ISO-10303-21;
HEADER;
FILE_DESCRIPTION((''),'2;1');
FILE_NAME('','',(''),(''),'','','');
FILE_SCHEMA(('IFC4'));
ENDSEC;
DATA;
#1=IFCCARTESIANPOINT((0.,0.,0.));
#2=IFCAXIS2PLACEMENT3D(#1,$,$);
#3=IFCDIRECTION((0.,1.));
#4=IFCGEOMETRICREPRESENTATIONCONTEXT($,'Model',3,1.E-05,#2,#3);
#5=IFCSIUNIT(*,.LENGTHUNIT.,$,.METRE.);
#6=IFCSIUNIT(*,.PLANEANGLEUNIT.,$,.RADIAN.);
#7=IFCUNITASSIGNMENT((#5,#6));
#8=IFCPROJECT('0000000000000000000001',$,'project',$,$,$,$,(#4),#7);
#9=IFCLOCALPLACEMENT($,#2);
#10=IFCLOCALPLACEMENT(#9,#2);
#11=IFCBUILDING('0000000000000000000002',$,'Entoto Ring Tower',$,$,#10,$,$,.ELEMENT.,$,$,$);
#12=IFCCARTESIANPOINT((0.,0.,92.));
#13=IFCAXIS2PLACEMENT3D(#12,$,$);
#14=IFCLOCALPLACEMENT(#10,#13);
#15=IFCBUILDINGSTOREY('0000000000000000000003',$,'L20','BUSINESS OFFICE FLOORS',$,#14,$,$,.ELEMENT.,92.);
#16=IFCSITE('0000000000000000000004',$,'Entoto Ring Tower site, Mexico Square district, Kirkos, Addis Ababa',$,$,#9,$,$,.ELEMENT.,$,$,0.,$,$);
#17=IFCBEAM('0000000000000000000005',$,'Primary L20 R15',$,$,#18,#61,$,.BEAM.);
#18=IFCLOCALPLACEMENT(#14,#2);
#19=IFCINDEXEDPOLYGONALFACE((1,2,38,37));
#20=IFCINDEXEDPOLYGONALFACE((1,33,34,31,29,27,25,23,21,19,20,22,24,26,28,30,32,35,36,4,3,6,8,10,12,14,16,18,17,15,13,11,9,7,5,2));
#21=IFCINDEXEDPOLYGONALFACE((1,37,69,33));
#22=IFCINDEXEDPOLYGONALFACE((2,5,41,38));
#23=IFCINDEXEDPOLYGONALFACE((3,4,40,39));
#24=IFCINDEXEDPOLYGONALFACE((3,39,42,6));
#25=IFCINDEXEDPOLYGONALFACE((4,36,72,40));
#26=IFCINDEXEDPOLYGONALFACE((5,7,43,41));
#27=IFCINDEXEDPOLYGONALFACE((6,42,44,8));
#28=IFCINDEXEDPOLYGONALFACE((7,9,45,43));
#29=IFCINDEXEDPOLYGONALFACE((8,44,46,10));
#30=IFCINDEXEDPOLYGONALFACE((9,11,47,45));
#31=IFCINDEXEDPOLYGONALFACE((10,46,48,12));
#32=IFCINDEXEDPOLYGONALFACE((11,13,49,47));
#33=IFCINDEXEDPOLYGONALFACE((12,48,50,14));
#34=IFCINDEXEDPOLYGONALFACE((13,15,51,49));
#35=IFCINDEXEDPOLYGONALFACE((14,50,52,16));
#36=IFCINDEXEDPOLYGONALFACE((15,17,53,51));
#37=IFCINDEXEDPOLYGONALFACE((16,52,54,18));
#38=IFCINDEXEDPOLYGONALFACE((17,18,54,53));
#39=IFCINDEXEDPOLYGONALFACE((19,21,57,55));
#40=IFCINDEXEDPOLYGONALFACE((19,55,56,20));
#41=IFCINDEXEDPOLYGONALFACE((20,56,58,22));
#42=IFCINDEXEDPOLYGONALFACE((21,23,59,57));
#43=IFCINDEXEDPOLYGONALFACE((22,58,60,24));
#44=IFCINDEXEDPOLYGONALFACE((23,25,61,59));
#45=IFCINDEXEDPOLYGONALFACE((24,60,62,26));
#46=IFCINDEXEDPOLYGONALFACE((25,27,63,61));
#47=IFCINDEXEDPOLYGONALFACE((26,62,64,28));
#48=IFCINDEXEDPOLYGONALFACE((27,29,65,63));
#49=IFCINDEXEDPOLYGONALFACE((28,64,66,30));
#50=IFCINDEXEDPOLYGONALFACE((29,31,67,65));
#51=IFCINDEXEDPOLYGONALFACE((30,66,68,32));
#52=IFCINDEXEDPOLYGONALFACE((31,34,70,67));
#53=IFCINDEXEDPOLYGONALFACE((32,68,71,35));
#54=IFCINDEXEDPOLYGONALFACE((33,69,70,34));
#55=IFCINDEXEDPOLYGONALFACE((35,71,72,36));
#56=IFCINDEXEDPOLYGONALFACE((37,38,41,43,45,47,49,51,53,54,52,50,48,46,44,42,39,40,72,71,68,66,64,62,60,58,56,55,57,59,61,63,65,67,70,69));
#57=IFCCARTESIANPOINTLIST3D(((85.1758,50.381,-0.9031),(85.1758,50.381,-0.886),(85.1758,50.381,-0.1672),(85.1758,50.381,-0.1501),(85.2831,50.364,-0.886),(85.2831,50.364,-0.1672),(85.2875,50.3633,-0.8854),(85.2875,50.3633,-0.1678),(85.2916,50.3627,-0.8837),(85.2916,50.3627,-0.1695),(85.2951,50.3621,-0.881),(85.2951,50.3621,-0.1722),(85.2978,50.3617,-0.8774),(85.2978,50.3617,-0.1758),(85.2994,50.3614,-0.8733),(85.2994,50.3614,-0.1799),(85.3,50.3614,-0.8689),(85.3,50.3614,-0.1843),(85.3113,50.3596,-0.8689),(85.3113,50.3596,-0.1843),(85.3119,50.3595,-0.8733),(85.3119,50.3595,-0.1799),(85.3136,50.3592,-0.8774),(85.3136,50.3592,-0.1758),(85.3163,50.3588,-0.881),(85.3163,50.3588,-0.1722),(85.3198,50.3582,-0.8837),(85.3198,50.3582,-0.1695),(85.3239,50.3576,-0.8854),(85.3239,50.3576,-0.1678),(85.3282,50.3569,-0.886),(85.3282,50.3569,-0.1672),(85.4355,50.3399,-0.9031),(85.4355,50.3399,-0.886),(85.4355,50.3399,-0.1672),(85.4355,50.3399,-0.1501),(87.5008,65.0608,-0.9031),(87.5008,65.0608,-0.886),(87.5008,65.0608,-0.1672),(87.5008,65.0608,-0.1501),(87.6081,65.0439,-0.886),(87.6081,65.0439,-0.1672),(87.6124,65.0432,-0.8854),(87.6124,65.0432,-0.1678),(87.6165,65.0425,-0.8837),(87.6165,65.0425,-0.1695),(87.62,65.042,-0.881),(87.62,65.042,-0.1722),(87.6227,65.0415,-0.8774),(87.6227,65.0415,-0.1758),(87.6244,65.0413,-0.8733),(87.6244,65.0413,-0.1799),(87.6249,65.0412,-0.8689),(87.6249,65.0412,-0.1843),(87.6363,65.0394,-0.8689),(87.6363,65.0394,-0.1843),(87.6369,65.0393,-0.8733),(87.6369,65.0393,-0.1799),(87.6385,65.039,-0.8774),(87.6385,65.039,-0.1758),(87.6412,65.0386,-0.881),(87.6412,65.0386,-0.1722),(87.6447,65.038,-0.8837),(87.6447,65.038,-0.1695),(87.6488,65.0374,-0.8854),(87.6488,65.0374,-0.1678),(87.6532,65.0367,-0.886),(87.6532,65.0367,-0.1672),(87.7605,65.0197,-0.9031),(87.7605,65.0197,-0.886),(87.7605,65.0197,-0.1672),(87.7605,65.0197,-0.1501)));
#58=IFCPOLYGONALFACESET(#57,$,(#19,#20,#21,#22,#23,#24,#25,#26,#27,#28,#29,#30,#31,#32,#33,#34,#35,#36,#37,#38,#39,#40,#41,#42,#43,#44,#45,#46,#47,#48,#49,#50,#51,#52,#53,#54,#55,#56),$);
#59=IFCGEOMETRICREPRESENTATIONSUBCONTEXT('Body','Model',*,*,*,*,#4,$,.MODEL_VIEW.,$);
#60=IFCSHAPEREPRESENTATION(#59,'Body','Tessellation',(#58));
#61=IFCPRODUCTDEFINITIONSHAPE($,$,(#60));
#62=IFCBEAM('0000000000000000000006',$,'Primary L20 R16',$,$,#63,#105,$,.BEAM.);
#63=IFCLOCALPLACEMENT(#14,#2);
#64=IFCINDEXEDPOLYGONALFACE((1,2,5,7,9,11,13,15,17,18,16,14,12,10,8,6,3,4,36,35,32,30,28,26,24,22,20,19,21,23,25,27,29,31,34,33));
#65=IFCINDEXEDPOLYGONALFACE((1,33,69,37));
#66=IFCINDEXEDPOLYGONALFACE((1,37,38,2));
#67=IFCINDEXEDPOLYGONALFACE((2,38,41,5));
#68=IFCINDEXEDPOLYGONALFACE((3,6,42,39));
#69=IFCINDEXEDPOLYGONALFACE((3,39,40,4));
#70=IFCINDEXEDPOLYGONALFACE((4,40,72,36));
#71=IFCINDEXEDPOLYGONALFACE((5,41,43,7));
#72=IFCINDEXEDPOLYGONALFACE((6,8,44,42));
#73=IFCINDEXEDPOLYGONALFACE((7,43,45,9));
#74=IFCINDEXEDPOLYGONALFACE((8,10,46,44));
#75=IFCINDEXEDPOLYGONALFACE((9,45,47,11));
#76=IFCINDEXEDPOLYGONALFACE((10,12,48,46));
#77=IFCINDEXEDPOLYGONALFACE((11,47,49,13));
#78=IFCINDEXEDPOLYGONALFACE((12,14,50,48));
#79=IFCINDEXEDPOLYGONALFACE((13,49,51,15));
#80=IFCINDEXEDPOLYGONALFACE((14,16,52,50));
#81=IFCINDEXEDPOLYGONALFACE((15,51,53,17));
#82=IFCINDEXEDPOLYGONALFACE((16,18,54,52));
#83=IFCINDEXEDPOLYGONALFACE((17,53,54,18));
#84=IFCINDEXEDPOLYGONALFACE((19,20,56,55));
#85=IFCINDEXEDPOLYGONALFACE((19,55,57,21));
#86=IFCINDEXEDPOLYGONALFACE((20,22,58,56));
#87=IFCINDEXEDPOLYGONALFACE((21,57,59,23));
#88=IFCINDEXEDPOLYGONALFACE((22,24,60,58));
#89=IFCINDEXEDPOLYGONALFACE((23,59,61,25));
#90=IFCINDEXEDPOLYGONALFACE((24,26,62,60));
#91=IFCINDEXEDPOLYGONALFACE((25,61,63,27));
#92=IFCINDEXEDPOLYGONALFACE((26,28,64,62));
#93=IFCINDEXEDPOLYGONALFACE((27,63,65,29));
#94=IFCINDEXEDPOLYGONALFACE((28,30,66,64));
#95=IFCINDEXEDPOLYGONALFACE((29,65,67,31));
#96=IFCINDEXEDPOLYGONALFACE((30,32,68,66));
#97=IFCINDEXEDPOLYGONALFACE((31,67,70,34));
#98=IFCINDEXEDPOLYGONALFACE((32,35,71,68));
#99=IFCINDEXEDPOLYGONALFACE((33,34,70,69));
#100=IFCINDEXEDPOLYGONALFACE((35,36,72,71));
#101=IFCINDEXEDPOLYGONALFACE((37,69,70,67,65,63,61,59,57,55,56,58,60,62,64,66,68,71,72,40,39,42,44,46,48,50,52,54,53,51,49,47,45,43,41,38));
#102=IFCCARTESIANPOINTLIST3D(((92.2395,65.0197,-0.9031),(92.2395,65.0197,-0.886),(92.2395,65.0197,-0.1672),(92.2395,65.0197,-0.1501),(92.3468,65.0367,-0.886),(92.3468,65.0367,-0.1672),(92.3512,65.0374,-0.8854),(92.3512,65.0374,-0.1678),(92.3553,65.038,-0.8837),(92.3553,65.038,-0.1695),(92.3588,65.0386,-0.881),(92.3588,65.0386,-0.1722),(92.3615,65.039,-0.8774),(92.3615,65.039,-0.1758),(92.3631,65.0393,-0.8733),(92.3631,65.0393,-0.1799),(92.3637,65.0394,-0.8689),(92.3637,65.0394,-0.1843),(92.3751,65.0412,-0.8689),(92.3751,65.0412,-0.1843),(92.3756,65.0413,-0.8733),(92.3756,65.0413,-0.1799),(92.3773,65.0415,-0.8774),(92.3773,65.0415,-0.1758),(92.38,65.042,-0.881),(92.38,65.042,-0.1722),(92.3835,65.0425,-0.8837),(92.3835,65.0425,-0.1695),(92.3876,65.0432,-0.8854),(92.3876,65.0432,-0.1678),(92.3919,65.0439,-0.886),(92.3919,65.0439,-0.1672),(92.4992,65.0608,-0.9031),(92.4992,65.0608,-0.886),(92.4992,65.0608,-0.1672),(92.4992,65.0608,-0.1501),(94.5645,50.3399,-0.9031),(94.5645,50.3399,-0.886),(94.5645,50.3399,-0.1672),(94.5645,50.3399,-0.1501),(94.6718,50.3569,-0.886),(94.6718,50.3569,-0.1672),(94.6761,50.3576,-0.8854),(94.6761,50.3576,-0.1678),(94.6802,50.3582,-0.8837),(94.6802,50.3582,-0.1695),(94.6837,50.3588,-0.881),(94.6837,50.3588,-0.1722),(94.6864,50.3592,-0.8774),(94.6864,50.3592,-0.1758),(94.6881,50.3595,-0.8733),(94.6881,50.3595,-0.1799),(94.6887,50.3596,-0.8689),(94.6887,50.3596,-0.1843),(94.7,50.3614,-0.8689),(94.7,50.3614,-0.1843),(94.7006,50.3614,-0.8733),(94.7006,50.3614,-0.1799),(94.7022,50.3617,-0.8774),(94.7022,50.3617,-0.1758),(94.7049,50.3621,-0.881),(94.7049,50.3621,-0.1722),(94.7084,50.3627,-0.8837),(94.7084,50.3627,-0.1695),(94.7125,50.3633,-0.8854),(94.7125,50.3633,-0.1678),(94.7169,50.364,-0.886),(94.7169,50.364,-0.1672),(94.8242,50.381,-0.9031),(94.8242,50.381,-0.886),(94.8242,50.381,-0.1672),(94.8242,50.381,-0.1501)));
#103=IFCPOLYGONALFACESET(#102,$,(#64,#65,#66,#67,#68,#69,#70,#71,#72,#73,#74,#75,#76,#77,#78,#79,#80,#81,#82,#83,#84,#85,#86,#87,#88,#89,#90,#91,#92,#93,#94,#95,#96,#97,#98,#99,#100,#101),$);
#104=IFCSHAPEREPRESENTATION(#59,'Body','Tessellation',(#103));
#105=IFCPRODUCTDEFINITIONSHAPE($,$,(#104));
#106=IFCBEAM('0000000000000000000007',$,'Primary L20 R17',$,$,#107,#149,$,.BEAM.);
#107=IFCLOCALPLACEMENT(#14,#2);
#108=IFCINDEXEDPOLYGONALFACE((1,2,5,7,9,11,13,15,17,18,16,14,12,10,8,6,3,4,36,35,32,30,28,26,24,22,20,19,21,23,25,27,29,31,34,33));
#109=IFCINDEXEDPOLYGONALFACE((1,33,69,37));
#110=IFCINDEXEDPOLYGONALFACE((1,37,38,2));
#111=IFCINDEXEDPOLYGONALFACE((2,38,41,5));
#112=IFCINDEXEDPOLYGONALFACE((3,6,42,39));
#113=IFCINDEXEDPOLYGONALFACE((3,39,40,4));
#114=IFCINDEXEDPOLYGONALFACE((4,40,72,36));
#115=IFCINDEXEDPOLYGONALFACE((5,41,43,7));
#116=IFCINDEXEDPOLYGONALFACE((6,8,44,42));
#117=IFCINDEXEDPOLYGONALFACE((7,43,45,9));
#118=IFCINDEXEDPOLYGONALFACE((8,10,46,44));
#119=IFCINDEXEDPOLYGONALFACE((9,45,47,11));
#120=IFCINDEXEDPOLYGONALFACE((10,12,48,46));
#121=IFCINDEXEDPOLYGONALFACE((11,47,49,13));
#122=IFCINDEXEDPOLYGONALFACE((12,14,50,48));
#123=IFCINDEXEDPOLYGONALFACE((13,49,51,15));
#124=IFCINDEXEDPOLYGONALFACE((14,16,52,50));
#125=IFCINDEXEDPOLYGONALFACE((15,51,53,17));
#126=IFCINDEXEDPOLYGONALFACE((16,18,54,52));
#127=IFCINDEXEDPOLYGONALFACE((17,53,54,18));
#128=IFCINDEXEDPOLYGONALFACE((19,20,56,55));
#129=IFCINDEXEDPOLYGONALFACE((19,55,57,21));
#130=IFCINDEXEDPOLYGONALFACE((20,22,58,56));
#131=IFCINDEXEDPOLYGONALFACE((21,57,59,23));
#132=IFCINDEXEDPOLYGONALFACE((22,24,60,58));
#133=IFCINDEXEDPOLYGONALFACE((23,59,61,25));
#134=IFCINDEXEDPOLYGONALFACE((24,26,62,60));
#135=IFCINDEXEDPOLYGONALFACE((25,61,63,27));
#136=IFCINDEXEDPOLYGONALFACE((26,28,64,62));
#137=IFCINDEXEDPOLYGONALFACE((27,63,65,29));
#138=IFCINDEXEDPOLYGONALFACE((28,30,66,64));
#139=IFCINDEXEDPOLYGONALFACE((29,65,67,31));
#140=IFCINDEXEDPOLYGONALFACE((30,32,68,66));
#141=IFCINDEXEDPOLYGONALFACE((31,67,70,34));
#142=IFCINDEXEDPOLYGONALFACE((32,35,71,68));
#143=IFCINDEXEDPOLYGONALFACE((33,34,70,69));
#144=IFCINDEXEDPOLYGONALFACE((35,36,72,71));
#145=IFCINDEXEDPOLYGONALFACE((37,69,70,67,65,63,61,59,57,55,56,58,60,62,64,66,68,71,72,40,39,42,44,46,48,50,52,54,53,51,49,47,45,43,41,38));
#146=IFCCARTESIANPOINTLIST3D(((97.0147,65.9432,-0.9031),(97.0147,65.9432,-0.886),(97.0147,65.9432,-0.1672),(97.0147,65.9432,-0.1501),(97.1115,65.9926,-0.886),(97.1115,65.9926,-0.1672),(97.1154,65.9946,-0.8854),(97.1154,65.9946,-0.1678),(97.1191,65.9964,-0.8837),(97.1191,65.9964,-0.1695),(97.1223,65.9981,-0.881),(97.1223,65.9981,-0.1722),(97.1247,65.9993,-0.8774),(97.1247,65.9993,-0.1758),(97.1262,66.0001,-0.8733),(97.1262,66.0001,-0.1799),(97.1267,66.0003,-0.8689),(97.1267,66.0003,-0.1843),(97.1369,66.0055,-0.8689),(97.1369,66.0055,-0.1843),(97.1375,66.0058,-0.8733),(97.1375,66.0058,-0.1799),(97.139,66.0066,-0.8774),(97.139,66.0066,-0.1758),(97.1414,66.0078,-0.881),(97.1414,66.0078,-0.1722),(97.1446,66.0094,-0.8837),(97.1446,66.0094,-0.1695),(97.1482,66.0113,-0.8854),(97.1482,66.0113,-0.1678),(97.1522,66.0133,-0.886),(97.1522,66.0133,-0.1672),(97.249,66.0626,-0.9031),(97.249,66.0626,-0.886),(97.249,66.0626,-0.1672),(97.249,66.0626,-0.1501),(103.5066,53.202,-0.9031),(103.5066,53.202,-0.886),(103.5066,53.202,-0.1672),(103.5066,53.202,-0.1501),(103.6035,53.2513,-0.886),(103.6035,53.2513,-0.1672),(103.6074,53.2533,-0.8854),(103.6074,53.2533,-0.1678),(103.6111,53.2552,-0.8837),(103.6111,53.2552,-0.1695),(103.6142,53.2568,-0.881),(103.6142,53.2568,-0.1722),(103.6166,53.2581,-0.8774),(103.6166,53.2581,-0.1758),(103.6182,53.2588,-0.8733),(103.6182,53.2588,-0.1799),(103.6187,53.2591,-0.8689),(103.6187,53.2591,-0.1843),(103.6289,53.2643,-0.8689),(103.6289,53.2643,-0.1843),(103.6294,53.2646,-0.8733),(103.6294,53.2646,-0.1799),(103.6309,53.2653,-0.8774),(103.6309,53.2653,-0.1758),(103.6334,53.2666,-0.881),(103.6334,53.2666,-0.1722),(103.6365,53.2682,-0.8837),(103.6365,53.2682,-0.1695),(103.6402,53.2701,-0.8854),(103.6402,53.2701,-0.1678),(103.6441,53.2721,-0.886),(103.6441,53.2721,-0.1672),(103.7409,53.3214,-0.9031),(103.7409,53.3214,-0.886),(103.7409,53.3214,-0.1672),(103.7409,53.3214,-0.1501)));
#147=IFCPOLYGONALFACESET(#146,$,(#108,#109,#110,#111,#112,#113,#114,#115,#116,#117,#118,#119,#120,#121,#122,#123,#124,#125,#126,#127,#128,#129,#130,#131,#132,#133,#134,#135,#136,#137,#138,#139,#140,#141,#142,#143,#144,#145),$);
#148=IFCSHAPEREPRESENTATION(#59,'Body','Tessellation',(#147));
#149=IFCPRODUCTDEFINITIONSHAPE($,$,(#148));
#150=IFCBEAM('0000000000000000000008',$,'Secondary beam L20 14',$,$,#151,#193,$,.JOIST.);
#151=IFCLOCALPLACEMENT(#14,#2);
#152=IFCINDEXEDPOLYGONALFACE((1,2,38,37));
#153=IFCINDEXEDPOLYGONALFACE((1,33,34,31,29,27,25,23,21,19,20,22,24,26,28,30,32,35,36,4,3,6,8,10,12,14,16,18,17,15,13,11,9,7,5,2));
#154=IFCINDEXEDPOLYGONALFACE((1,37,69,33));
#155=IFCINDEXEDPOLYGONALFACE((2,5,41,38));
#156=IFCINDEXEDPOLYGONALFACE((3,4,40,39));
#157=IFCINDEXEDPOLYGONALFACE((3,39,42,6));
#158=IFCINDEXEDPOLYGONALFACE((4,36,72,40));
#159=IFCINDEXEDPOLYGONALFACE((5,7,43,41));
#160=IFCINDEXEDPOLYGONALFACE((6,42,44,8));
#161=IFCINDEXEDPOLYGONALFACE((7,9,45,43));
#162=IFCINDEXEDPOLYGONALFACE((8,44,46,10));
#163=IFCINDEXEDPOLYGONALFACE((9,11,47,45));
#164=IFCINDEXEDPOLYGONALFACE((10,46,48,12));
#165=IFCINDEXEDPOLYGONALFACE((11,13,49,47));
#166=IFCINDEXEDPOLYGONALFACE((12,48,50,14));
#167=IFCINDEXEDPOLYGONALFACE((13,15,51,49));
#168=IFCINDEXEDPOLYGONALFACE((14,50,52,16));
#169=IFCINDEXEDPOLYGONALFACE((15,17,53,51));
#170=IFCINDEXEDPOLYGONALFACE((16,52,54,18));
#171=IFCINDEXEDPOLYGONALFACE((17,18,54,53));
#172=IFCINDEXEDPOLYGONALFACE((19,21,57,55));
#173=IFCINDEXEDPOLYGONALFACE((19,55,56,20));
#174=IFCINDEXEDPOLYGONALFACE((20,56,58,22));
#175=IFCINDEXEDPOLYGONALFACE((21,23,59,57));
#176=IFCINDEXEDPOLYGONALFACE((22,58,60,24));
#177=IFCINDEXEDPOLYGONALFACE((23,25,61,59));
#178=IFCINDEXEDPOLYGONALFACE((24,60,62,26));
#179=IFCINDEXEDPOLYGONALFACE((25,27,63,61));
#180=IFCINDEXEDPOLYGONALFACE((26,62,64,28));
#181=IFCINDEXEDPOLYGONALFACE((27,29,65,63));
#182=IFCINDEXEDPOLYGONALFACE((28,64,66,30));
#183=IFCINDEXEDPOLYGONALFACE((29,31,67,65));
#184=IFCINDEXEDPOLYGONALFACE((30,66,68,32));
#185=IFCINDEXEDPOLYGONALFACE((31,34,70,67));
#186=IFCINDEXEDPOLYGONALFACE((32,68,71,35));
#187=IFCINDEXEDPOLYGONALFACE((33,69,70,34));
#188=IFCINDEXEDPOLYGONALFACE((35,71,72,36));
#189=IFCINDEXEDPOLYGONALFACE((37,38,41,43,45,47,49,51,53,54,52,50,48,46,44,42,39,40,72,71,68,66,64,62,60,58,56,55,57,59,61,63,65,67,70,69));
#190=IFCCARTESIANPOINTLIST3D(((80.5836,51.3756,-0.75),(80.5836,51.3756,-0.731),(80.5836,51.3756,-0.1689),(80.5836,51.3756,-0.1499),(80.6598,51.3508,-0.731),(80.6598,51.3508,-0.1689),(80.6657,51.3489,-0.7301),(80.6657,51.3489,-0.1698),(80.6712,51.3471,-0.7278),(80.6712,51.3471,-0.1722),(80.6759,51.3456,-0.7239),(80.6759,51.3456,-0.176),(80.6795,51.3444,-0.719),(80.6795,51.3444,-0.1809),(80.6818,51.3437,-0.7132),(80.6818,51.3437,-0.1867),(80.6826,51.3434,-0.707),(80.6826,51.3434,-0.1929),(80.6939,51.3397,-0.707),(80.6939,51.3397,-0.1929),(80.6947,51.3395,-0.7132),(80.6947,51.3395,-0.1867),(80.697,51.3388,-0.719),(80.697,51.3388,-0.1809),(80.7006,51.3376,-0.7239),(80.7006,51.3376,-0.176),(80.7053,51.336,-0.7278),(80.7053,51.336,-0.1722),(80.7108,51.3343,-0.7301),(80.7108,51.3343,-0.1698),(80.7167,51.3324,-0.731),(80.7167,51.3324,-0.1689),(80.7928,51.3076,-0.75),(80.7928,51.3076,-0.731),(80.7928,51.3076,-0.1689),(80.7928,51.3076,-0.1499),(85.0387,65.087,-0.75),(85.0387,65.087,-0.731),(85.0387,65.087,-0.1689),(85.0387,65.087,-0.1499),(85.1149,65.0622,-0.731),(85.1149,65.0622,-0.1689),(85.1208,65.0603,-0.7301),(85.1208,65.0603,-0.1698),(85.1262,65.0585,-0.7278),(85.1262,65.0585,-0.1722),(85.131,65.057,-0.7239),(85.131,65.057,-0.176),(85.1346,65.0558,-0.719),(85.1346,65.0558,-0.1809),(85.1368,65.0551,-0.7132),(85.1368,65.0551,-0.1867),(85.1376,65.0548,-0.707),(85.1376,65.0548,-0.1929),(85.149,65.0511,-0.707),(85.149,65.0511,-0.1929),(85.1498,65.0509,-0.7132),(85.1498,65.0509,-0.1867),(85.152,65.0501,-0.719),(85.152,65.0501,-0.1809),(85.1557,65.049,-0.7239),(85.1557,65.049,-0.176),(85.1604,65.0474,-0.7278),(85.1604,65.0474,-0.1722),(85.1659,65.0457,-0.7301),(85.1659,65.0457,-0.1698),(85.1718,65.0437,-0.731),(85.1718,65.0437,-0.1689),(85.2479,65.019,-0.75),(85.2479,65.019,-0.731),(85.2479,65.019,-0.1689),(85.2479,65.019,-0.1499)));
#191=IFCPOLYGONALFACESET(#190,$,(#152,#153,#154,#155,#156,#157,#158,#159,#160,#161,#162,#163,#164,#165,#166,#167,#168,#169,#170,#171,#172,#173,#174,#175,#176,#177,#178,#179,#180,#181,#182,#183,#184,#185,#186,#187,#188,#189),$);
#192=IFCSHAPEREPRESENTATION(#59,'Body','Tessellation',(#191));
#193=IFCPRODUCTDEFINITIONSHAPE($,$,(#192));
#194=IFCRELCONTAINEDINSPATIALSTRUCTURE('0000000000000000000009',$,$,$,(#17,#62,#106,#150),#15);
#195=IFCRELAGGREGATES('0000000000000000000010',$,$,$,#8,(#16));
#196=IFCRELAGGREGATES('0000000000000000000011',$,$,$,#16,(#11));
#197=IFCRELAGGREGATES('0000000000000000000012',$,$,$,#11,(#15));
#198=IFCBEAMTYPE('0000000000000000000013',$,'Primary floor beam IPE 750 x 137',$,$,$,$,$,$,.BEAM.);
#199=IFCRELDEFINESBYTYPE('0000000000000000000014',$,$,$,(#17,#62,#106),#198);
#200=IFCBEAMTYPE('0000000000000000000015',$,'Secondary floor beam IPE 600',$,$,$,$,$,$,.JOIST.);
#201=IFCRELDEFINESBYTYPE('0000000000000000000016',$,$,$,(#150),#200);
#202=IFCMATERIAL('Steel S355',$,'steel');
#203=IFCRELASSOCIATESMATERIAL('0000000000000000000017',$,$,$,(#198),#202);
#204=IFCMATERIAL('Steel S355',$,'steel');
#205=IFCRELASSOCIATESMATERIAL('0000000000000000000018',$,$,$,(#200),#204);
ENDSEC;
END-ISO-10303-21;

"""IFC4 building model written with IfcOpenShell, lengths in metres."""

from ifc_helpers import new_model, si_unit, direction, frame, origin, origin_2d, place, context, subcontext, project, spatial, i_section, extrude, material, material_profile, profile_set, type_object, element, save


model = new_model("IFC4")

# Units and contexts
model_context = context("Model", 3, precision=1e-05, world=origin(), true_north=direction((0.0, 1.0)))
body_context = subcontext(model_context, "Body", "Model", "MODEL_VIEW")
ifc_project = project(units=[si_unit("LENGTHUNIT", "METRE"), si_unit("PLANEANGLEUNIT", "RADIAN")], contexts=[model_context])

# Site, building, storey
site_placement = place(None, origin())
site = spatial("IfcSite", under=ifc_project, at=site_placement, Name="Entoto Ring Tower site, Mexico Square district, Kirkos, Addis Ababa", CompositionType="ELEMENT", RefElevation=0.0)
building_placement = place(site_placement, origin())
building = spatial("IfcBuilding", under=site, at=building_placement, Name="Entoto Ring Tower", CompositionType="ELEMENT")
storey_placement = place(building_placement, frame((0.0, 0.0, 92.0)))
storey = spatial("IfcBuildingStorey", under=building, at=storey_placement, Name="L20", Description="BUSINESS OFFICE FLOORS", CompositionType="ELEMENT", Elevation=92.0)

# Beams
ifc_material_1 = material(Name="Steel S355", Category="steel")
ifc_material_profile_1 = material_profile(ifc_material_1, i_section(OverallWidth=0.2629, OverallDepth=0.7529, WebThickness=0.0115, FlangeThickness=0.0171, FilletRadius=0.0171, at=origin_2d()), Name="IPE 750 x 137")
ifc_profile_set_1 = profile_set([ifc_material_profile_1], Name="Steel S355")
beam_type_1 = type_object("IfcBeamType", Name="Primary floor beam IPE 750 x 137", PredefinedType="BEAM", material=ifc_profile_set_1)
for number, where, z_axis, x_axis, name in (
    (1, (87.6306, 65.0403, -0.5266), (-0.156426, -0.98769, 0.0), (0.98769, -0.156426, 0.0), "Primary L20 R15"),
    (2, (92.3694, 65.0403, -0.5266), (0.156426, -0.98769, 0.0), (0.98769, 0.156426, 0.0), "Primary L20 R16"),
):
    element("IfcBeam", number, at=place(storey_placement, frame(where, z_axis=z_axis, x_axis=x_axis)), inside=storey, type_object=beam_type_1, Name=name, PredefinedType="BEAM", context=body_context, shape_type="SweptSolid", body=[
        extrude(i_section(OverallWidth=0.2629, OverallDepth=0.7529, WebThickness=0.0115, FlangeThickness=0.0171, FilletRadius=0.0171, at=origin_2d()), origin(), (0.0, 0.0, 1.0), 14.8628),
    ])
beam_1_placement = place(storey_placement, frame((97.1318, 66.0029, -0.5266), z_axis=(0.453989, -0.891007, 0.0), x_axis=(0.891007, 0.453989, 0.0)))
element("IfcBeam", 3, at=beam_1_placement, inside=storey, type_object=beam_type_1, Name="Primary L20 R17", PredefinedType="BEAM", context=body_context, shape_type="SweptSolid", body=[
    extrude(i_section(OverallWidth=0.2629, OverallDepth=0.7529, WebThickness=0.0115, FlangeThickness=0.0171, FilletRadius=0.0171, at=origin_2d()), origin(), (0.0, 0.0, 1.0), 14.2998),
])
ifc_material_2 = material(Name="Steel S355", Category="steel")
ifc_material_profile_2 = material_profile(ifc_material_2, i_section(OverallWidth=0.22, OverallDepth=0.6001, WebThickness=0.012, FlangeThickness=0.019, FilletRadius=0.0239, at=origin_2d()), Name="IPE 600")
ifc_profile_set_2 = profile_set([ifc_material_profile_2], Name="Steel S355")
beam_type_2 = type_object("IfcBeamType", Name="Secondary floor beam IPE 600", PredefinedType="JOIST", material=ifc_profile_set_2)
beam_2_placement = place(storey_placement, frame((85.1433, 65.053, -0.45), z_axis=(-0.309015, -0.951057, 0.0), x_axis=(0.951057, -0.309015, 0.0)))
element("IfcBeam", 4, at=beam_2_placement, inside=storey, type_object=beam_type_2, Name="Secondary beam L20 14", PredefinedType="JOIST", context=body_context, shape_type="SweptSolid", body=[
    extrude(i_section(OverallWidth=0.22, OverallDepth=0.6001, WebThickness=0.012, FlangeThickness=0.019, FilletRadius=0.0239, at=origin_2d()), origin(), (0.0, 0.0, 1.0), 14.417),
])

save(model, "model.ifc")
